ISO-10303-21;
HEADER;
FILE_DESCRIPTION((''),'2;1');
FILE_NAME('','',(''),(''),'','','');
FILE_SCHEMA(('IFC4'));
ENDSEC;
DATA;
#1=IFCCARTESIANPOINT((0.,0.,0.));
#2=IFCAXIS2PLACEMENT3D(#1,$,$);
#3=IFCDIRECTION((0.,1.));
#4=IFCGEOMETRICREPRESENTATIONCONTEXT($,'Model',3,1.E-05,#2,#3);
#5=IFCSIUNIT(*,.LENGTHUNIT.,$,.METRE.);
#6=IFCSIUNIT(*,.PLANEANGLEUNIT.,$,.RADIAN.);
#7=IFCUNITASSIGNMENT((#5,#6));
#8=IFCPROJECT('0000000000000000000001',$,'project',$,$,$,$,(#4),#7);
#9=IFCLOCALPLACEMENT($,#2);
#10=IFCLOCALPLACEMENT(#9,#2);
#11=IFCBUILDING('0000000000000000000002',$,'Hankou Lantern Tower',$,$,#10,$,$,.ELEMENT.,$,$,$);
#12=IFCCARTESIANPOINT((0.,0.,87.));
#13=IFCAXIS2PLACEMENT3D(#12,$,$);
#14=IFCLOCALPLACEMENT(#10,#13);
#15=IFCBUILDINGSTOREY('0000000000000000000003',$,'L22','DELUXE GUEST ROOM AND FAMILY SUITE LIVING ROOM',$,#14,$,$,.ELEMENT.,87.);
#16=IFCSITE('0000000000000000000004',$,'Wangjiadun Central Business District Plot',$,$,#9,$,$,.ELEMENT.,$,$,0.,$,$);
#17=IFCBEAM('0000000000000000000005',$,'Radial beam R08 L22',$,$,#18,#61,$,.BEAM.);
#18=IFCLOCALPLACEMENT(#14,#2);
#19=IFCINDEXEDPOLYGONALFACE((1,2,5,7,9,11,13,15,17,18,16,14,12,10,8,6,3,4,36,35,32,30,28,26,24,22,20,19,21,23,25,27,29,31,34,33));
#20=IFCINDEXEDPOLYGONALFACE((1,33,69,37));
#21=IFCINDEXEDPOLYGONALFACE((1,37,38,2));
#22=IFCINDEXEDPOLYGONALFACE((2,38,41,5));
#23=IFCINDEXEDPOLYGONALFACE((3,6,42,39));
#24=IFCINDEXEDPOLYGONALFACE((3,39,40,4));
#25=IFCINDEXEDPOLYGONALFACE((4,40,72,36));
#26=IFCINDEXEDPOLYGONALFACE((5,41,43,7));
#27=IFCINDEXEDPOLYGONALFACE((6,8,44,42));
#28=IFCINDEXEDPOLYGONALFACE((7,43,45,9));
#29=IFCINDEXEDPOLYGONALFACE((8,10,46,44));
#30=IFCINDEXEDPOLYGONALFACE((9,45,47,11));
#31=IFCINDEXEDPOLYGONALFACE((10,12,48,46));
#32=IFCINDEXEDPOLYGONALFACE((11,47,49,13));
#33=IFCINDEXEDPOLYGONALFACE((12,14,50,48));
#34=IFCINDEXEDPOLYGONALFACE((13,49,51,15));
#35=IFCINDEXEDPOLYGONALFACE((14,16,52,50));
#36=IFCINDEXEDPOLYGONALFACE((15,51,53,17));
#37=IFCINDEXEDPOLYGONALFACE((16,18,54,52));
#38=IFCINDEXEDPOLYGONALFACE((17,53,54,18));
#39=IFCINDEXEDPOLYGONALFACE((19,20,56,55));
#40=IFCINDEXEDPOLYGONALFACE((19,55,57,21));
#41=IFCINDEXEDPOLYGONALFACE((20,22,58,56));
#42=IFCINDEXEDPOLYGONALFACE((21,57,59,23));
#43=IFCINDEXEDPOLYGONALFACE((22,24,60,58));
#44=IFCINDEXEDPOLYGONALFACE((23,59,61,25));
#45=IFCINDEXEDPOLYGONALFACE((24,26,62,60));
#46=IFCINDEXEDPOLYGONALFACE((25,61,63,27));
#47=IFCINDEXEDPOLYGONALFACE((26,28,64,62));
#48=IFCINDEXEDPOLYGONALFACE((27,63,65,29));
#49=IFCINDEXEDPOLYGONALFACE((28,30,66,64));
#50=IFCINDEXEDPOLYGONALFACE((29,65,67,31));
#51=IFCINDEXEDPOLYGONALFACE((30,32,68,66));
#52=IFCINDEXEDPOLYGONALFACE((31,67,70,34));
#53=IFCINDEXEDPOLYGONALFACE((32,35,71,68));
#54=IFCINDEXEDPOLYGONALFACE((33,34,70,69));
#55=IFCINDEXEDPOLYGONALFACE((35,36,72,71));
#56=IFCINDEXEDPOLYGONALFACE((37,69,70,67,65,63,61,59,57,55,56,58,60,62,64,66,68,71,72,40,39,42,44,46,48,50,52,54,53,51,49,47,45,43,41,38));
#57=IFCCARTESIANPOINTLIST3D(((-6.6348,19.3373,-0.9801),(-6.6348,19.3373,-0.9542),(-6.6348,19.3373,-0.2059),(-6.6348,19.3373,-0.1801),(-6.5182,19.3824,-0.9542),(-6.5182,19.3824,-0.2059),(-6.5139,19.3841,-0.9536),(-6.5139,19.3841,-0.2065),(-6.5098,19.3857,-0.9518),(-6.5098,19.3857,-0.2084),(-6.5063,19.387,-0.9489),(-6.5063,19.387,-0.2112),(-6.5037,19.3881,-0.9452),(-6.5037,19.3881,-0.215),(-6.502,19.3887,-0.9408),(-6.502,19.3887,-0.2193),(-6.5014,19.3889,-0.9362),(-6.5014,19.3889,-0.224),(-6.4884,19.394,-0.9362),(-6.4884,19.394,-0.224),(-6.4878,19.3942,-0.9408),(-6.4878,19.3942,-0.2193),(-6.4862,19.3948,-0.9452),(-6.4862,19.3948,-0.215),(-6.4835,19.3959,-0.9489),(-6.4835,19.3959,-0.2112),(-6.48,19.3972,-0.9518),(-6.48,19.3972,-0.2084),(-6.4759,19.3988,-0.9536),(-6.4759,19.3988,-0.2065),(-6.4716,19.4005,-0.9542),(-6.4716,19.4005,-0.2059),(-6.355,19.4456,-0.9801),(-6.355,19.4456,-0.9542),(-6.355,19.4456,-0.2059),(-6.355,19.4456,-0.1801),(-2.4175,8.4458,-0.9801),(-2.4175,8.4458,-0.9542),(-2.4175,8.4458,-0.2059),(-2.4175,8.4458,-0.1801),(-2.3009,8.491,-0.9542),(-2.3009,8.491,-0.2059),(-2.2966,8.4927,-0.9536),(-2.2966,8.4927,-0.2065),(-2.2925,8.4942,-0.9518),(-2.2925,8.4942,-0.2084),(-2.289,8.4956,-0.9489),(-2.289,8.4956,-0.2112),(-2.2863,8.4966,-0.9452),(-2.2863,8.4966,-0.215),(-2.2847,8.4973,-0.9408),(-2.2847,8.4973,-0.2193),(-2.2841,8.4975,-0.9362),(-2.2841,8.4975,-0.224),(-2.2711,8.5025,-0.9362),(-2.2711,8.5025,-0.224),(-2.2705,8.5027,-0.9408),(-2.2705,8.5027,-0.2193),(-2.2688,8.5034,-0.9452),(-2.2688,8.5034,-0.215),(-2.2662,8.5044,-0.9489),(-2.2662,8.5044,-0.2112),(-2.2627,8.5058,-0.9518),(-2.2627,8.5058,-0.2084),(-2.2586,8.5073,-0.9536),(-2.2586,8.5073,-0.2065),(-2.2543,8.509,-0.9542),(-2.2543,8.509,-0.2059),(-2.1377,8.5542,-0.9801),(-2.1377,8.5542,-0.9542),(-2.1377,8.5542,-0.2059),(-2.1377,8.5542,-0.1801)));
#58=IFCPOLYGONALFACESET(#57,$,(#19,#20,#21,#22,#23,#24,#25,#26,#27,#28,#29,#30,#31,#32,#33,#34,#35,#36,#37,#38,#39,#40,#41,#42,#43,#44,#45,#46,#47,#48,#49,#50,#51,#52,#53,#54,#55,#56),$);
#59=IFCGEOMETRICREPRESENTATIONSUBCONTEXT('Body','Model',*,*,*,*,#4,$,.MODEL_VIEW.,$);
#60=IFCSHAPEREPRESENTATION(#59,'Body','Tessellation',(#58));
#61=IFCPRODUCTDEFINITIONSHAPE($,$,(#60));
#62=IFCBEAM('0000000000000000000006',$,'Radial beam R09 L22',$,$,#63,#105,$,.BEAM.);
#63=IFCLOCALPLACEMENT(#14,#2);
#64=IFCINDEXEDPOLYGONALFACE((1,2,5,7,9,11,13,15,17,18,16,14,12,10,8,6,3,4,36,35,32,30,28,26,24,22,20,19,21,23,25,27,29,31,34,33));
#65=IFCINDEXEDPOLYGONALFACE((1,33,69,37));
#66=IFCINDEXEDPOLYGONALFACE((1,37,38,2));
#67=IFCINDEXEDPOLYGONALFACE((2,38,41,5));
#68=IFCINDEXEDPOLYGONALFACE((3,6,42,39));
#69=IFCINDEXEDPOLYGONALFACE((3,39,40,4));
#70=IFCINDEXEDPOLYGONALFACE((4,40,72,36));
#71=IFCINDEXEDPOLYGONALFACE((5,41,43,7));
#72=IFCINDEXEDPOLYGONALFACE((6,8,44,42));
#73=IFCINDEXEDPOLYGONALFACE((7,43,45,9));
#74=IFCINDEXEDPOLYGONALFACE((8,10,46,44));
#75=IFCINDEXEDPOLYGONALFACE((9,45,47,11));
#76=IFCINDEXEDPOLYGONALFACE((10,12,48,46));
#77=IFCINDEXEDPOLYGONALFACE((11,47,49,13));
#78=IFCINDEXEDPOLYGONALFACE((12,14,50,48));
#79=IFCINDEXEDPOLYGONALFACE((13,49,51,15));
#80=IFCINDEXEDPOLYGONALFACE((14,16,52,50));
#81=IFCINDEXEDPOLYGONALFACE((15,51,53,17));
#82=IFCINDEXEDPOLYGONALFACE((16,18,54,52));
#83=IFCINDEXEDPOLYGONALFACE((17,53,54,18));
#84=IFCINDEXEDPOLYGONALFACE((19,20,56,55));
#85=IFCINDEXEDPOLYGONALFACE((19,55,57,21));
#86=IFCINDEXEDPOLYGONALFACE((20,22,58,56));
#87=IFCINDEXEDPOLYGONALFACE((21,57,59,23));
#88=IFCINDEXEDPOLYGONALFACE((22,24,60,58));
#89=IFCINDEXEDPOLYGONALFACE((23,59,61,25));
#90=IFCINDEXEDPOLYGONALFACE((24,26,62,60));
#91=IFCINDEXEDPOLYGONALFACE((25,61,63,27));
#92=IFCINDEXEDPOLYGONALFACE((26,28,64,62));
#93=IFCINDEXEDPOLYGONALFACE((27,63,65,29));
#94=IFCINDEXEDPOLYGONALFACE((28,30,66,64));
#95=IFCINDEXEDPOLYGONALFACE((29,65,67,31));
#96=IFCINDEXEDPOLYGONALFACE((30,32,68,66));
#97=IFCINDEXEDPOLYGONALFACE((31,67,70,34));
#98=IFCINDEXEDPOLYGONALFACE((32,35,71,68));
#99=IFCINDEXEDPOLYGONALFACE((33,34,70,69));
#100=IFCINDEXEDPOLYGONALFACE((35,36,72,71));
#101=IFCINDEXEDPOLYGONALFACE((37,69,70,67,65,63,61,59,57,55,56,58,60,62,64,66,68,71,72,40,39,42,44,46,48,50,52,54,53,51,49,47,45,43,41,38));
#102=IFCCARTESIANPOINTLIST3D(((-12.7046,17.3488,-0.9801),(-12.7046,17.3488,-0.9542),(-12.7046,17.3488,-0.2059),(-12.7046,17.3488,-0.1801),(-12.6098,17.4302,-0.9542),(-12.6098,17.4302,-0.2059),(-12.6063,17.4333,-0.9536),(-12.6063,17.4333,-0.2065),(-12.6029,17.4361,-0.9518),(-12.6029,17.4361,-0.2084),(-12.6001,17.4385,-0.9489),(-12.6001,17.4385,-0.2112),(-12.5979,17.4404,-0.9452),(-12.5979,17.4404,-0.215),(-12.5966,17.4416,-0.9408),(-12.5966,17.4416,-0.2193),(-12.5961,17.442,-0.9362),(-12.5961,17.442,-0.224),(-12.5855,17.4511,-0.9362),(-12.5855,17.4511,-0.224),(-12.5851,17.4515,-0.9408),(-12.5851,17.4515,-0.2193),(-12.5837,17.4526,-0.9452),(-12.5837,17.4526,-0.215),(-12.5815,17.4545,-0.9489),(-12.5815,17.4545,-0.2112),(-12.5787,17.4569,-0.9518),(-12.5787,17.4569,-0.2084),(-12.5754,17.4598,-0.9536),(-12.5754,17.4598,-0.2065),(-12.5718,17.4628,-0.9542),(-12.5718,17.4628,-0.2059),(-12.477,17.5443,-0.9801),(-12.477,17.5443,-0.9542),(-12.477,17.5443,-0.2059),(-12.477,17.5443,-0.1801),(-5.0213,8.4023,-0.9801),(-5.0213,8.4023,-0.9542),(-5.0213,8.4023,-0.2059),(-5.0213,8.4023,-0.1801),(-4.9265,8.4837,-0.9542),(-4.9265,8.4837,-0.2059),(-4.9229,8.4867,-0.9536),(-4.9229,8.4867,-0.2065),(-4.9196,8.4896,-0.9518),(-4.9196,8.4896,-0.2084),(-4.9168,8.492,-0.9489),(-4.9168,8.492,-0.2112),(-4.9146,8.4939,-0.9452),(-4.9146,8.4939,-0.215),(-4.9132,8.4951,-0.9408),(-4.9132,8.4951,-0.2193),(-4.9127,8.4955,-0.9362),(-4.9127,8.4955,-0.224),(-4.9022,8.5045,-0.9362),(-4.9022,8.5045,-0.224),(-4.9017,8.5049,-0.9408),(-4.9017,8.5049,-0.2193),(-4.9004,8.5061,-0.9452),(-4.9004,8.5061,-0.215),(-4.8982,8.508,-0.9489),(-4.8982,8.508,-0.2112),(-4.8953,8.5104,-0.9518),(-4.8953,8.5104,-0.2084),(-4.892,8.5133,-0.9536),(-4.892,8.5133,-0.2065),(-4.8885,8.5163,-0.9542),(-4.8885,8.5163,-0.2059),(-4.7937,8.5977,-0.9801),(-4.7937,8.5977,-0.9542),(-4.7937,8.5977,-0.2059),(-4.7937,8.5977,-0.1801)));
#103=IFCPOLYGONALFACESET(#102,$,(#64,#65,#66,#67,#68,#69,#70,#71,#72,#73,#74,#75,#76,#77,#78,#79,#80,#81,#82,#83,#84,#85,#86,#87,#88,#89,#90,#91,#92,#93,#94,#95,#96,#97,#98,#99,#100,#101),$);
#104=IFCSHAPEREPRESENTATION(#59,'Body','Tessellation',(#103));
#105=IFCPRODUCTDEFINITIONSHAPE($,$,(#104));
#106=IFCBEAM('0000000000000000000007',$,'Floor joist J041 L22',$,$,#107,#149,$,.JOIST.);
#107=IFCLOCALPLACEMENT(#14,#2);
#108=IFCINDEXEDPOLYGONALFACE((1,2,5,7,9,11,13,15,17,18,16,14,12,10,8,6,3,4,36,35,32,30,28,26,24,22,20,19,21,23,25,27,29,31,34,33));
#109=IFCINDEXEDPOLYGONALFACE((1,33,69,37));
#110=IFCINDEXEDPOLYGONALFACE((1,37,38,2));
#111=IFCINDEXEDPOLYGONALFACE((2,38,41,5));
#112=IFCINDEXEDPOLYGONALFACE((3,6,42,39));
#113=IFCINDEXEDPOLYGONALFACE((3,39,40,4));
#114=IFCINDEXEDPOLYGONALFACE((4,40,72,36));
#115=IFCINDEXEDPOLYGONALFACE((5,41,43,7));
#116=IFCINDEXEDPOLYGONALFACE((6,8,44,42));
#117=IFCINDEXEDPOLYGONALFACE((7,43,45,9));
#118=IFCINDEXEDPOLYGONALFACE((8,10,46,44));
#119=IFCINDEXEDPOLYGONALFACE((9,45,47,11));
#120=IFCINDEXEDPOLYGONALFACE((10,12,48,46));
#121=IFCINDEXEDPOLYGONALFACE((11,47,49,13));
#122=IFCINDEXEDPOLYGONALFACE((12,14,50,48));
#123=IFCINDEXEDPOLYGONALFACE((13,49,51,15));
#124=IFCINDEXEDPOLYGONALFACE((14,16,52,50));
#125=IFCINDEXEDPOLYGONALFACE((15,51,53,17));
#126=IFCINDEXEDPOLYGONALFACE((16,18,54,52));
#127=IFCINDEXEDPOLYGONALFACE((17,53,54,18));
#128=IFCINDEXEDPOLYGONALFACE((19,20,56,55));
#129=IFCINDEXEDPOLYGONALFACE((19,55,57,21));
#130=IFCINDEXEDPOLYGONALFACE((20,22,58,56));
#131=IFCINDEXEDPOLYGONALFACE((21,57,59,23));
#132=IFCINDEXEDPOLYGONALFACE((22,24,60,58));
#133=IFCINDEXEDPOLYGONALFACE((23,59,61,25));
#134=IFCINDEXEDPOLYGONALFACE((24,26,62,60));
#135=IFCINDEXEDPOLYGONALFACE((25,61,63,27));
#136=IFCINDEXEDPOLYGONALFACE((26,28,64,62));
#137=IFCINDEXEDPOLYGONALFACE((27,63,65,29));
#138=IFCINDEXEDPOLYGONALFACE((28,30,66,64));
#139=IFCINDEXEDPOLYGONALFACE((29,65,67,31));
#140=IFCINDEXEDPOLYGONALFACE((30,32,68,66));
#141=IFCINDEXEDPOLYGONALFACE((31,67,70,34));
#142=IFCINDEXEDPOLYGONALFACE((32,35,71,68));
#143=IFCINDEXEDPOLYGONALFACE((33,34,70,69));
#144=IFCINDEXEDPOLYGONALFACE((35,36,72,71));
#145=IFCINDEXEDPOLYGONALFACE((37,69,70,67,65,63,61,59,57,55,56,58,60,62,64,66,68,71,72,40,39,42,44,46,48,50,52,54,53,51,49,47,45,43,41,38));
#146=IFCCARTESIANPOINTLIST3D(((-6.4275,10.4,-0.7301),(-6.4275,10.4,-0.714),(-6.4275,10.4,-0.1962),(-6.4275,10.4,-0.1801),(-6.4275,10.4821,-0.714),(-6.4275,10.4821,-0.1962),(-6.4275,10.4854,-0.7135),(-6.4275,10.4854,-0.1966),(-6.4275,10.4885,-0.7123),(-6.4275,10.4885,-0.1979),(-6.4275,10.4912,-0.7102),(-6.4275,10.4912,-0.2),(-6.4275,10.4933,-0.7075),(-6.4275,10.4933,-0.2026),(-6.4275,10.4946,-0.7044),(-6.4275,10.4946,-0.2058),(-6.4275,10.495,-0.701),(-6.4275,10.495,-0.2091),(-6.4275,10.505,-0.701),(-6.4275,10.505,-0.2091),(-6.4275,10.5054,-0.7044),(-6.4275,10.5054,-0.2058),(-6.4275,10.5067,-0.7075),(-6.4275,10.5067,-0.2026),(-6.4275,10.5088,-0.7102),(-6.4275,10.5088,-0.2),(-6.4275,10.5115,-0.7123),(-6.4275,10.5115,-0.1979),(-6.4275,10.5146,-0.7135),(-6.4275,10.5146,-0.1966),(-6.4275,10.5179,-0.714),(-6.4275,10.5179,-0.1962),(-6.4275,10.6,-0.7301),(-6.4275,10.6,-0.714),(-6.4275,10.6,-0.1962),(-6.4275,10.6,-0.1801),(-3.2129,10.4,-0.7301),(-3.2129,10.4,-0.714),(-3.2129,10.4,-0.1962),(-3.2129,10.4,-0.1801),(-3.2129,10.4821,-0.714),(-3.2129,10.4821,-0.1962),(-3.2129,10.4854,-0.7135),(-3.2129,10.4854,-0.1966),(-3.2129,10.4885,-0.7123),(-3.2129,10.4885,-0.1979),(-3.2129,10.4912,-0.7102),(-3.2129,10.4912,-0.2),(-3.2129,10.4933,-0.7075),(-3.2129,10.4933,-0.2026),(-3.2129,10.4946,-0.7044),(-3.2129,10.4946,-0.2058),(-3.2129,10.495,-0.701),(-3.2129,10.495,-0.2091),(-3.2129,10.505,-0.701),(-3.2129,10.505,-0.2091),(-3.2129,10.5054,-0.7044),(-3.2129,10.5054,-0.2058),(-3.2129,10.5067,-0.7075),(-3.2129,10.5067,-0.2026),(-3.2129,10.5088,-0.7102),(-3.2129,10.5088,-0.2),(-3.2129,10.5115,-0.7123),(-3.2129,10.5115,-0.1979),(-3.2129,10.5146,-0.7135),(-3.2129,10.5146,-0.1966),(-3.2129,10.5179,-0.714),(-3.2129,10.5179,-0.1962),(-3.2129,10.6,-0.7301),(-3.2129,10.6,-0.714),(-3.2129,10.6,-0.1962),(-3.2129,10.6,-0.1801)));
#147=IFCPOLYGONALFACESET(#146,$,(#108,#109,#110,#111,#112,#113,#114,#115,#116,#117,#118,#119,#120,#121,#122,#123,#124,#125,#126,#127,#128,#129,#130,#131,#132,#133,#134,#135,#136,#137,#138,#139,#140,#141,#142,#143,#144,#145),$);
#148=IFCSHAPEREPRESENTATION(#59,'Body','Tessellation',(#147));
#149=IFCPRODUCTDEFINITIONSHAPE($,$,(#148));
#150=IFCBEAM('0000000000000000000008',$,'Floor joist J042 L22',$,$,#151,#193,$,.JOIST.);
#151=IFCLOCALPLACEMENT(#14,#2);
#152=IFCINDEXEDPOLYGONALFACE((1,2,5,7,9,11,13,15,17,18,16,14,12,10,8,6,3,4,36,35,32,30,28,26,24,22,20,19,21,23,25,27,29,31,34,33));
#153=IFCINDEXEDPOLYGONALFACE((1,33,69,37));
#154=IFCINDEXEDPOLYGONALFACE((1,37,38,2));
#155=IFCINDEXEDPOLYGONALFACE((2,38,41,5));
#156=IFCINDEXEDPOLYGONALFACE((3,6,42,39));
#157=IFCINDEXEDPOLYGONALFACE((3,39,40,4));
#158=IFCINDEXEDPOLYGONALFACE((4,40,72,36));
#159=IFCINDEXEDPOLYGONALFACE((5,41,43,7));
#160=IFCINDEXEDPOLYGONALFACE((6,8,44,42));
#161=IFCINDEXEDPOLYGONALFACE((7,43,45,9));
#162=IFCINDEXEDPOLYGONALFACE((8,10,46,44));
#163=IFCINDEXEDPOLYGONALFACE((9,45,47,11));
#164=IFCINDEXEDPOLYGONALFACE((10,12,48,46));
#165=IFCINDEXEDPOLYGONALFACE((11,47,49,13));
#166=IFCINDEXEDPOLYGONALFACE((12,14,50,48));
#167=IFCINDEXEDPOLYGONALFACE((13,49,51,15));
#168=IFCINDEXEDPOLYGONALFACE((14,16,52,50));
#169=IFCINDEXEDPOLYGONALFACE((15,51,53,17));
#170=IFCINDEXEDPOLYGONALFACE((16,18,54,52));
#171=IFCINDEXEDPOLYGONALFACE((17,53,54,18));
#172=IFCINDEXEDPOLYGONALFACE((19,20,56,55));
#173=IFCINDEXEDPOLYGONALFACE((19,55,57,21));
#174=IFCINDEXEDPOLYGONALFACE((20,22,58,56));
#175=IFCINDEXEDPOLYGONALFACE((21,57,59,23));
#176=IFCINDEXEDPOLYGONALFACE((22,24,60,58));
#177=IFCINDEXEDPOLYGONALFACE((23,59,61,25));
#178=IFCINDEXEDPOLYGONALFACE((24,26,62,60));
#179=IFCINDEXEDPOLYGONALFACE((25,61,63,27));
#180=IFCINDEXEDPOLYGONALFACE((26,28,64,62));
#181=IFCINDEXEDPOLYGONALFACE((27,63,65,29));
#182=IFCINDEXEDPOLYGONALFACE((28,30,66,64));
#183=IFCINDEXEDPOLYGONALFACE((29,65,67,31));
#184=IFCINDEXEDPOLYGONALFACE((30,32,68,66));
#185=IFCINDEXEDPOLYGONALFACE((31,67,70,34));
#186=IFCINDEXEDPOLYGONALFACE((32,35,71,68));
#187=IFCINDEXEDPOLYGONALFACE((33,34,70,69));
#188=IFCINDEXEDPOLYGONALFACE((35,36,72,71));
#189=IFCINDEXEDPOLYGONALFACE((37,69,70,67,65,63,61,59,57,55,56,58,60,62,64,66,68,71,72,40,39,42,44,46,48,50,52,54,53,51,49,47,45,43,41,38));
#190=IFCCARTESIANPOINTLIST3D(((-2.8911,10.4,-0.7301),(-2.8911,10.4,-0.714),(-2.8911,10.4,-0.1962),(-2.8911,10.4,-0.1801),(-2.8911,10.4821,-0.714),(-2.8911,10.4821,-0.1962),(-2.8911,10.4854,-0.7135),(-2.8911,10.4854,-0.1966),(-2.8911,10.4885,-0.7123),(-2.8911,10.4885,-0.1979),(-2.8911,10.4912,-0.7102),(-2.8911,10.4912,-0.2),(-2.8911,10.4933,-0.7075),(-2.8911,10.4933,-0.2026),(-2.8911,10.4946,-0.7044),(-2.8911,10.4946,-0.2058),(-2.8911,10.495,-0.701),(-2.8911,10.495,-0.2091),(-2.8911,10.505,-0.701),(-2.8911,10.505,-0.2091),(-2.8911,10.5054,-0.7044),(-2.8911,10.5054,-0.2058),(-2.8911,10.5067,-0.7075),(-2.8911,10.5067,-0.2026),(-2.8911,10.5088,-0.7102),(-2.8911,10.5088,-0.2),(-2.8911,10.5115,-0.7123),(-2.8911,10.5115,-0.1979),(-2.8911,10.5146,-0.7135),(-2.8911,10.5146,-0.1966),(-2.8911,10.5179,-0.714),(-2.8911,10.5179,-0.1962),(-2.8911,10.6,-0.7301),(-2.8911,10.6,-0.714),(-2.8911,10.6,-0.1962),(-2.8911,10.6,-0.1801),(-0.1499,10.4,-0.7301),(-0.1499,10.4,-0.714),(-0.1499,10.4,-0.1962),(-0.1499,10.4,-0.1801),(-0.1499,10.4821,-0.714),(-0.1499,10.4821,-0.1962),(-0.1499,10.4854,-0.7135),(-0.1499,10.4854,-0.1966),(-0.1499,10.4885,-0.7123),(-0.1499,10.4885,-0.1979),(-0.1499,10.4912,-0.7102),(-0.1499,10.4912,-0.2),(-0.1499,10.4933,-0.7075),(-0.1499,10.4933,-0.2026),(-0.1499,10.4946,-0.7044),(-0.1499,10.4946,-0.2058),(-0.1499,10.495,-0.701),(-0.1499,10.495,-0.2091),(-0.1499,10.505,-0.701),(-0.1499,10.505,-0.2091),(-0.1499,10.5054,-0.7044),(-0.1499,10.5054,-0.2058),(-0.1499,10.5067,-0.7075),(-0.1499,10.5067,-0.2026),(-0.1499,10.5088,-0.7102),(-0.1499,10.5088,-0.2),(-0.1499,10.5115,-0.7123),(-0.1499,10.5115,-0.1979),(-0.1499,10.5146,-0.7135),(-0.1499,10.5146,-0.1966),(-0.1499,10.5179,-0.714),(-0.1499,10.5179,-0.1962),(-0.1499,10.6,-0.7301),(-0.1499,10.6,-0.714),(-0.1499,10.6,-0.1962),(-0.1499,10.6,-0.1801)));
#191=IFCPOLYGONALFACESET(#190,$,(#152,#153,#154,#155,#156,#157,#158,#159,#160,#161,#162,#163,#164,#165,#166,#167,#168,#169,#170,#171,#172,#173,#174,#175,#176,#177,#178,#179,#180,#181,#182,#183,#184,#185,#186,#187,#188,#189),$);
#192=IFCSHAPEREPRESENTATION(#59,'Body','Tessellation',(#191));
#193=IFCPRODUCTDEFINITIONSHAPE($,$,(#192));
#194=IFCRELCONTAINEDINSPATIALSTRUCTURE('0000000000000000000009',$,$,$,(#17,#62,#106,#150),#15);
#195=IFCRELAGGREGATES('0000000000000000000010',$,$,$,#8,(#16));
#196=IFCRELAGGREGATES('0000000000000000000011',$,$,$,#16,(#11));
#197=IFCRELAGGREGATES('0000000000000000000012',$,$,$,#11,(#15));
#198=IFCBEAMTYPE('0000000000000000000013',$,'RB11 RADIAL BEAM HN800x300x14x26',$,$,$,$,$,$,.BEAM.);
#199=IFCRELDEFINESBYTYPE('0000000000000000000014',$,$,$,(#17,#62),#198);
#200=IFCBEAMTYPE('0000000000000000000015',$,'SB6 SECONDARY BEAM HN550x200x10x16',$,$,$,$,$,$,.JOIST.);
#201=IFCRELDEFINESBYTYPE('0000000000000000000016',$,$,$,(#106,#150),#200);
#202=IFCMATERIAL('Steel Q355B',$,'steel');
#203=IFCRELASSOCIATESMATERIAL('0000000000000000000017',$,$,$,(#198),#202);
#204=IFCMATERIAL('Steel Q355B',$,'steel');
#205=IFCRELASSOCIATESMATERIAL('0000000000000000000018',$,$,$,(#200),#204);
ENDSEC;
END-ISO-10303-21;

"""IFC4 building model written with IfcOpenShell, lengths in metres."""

from ifc_helpers import new_model, si_unit, direction, frame, origin, origin_2d, place, context, subcontext, project, spatial, i_section, extrude, material, material_profile, profile_set, type_object, element, save


model = new_model("IFC4")

# Units and contexts
model_context = context("Model", 3, precision=1e-05, world=origin(), true_north=direction((0.0, 1.0)))
body_context = subcontext(model_context, "Body", "Model", "MODEL_VIEW")
ifc_project = project(units=[si_unit("LENGTHUNIT", "METRE"), si_unit("PLANEANGLEUNIT", "RADIAN")], contexts=[model_context])

# Site, building, storey
site_placement = place(None, origin())
site = spatial("IfcSite", under=ifc_project, at=site_placement, Name="Wangjiadun Central Business District Plot", CompositionType="ELEMENT", RefElevation=0.0)
building_placement = place(site_placement, origin())
building = spatial("IfcBuilding", under=site, at=building_placement, Name="Hankou Lantern Tower", CompositionType="ELEMENT")
storey_placement = place(building_placement, frame((0.0, 0.0, 87.0)))
storey = spatial("IfcBuildingStorey", under=building, at=storey_placement, Name="L22", Description="DELUXE GUEST ROOM AND FAMILY SUITE LIVING ROOM", CompositionType="ELEMENT", Elevation=87.0)

# Beams
ifc_material_1 = material(Name="Steel Q355B", Category="steel")
ifc_material_profile_1 = material_profile(ifc_material_1, i_section(OverallWidth=0.3, OverallDepth=0.8, WebThickness=0.0139, FlangeThickness=0.0259, FilletRadius=0.0181, at=origin_2d()), Name="HN800x300x14x26")
ifc_profile_set_1 = profile_set([ifc_material_profile_1], Name="Steel Q355B")
beam_type_1 = type_object("IfcBeamType", Name="RB11 RADIAL BEAM HN800x300x14x26", PredefinedType="BEAM", material=ifc_profile_set_1)
beam_1_placement = place(storey_placement, frame((-2.2776, 8.5, -0.5801), z_axis=(-0.361089, 0.932531, 0.0), x_axis=(-0.932531, -0.361089, 0.0)))
element("IfcBeam", 1, at=beam_1_placement, inside=storey, type_object=beam_type_1, Name="Radial beam R08 L22", PredefinedType="BEAM", context=body_context, shape_type="SweptSolid", body=[
    extrude(i_section(OverallWidth=0.3, OverallDepth=0.8, WebThickness=0.0139, FlangeThickness=0.0259, FilletRadius=0.0181, at=origin_2d()), origin(), (0.0, 0.0, 1.0), 11.6794),
])
beam_2_placement = place(storey_placement, frame((-4.9075, 8.5, -0.5801), z_axis=(-0.651519, 0.758632, 0.0), x_axis=(-0.758632, -0.651519, 0.0)))
element("IfcBeam", 2, at=beam_2_placement, inside=storey, type_object=beam_type_1, Name="Radial beam R09 L22", PredefinedType="BEAM", context=body_context, shape_type="SweptSolid", body=[
    extrude(i_section(OverallWidth=0.3, OverallDepth=0.8, WebThickness=0.0139, FlangeThickness=0.0259, FilletRadius=0.0181, at=origin_2d()), origin(), (0.0, 0.0, 1.0), 11.793),
])
ifc_material_2 = material(Name="Steel Q355B", Category="steel")
ifc_material_profile_2 = material_profile(ifc_material_2, i_section(OverallWidth=0.2, OverallDepth=0.55, WebThickness=0.01, FlangeThickness=0.0161, FilletRadius=0.0129, at=origin_2d()), Name="HN550x200x10x16")
ifc_profile_set_2 = profile_set([ifc_material_profile_2], Name="Steel Q355B")
beam_type_2 = type_object("IfcBeamType", Name="SB6 SECONDARY BEAM HN550x200x10x16", PredefinedType="JOIST", material=ifc_profile_set_2)
beam_3_placement = place(storey_placement, frame((-6.4275, 10.5, -0.4551), z_axis=(1.0, 0.0, 0.0), x_axis=(0.0, 1.0, 0.0)))
element("IfcBeam", 3, at=beam_3_placement, inside=storey, type_object=beam_type_2, Name="Floor joist J041 L22", PredefinedType="JOIST", context=body_context, shape_type="SweptSolid", body=[
    extrude(i_section(OverallWidth=0.2, OverallDepth=0.55, WebThickness=0.01, FlangeThickness=0.0161, FilletRadius=0.0129, at=origin_2d()), origin(), (0.0, 0.0, 1.0), 3.2146),
])
beam_4_placement = place(storey_placement, frame((-2.8911, 10.5, -0.4551), z_axis=(1.0, 0.0, 0.0), x_axis=(0.0, 1.0, 0.0)))
element("IfcBeam", 4, at=beam_4_placement, inside=storey, type_object=beam_type_2, Name="Floor joist J042 L22", PredefinedType="JOIST", context=body_context, shape_type="SweptSolid", body=[
    extrude(i_section(OverallWidth=0.2, OverallDepth=0.55, WebThickness=0.01, FlangeThickness=0.0161, FilletRadius=0.0129, at=origin_2d()), origin(), (0.0, 0.0, 1.0), 2.7412),
])

save(model, "model.ifc")
